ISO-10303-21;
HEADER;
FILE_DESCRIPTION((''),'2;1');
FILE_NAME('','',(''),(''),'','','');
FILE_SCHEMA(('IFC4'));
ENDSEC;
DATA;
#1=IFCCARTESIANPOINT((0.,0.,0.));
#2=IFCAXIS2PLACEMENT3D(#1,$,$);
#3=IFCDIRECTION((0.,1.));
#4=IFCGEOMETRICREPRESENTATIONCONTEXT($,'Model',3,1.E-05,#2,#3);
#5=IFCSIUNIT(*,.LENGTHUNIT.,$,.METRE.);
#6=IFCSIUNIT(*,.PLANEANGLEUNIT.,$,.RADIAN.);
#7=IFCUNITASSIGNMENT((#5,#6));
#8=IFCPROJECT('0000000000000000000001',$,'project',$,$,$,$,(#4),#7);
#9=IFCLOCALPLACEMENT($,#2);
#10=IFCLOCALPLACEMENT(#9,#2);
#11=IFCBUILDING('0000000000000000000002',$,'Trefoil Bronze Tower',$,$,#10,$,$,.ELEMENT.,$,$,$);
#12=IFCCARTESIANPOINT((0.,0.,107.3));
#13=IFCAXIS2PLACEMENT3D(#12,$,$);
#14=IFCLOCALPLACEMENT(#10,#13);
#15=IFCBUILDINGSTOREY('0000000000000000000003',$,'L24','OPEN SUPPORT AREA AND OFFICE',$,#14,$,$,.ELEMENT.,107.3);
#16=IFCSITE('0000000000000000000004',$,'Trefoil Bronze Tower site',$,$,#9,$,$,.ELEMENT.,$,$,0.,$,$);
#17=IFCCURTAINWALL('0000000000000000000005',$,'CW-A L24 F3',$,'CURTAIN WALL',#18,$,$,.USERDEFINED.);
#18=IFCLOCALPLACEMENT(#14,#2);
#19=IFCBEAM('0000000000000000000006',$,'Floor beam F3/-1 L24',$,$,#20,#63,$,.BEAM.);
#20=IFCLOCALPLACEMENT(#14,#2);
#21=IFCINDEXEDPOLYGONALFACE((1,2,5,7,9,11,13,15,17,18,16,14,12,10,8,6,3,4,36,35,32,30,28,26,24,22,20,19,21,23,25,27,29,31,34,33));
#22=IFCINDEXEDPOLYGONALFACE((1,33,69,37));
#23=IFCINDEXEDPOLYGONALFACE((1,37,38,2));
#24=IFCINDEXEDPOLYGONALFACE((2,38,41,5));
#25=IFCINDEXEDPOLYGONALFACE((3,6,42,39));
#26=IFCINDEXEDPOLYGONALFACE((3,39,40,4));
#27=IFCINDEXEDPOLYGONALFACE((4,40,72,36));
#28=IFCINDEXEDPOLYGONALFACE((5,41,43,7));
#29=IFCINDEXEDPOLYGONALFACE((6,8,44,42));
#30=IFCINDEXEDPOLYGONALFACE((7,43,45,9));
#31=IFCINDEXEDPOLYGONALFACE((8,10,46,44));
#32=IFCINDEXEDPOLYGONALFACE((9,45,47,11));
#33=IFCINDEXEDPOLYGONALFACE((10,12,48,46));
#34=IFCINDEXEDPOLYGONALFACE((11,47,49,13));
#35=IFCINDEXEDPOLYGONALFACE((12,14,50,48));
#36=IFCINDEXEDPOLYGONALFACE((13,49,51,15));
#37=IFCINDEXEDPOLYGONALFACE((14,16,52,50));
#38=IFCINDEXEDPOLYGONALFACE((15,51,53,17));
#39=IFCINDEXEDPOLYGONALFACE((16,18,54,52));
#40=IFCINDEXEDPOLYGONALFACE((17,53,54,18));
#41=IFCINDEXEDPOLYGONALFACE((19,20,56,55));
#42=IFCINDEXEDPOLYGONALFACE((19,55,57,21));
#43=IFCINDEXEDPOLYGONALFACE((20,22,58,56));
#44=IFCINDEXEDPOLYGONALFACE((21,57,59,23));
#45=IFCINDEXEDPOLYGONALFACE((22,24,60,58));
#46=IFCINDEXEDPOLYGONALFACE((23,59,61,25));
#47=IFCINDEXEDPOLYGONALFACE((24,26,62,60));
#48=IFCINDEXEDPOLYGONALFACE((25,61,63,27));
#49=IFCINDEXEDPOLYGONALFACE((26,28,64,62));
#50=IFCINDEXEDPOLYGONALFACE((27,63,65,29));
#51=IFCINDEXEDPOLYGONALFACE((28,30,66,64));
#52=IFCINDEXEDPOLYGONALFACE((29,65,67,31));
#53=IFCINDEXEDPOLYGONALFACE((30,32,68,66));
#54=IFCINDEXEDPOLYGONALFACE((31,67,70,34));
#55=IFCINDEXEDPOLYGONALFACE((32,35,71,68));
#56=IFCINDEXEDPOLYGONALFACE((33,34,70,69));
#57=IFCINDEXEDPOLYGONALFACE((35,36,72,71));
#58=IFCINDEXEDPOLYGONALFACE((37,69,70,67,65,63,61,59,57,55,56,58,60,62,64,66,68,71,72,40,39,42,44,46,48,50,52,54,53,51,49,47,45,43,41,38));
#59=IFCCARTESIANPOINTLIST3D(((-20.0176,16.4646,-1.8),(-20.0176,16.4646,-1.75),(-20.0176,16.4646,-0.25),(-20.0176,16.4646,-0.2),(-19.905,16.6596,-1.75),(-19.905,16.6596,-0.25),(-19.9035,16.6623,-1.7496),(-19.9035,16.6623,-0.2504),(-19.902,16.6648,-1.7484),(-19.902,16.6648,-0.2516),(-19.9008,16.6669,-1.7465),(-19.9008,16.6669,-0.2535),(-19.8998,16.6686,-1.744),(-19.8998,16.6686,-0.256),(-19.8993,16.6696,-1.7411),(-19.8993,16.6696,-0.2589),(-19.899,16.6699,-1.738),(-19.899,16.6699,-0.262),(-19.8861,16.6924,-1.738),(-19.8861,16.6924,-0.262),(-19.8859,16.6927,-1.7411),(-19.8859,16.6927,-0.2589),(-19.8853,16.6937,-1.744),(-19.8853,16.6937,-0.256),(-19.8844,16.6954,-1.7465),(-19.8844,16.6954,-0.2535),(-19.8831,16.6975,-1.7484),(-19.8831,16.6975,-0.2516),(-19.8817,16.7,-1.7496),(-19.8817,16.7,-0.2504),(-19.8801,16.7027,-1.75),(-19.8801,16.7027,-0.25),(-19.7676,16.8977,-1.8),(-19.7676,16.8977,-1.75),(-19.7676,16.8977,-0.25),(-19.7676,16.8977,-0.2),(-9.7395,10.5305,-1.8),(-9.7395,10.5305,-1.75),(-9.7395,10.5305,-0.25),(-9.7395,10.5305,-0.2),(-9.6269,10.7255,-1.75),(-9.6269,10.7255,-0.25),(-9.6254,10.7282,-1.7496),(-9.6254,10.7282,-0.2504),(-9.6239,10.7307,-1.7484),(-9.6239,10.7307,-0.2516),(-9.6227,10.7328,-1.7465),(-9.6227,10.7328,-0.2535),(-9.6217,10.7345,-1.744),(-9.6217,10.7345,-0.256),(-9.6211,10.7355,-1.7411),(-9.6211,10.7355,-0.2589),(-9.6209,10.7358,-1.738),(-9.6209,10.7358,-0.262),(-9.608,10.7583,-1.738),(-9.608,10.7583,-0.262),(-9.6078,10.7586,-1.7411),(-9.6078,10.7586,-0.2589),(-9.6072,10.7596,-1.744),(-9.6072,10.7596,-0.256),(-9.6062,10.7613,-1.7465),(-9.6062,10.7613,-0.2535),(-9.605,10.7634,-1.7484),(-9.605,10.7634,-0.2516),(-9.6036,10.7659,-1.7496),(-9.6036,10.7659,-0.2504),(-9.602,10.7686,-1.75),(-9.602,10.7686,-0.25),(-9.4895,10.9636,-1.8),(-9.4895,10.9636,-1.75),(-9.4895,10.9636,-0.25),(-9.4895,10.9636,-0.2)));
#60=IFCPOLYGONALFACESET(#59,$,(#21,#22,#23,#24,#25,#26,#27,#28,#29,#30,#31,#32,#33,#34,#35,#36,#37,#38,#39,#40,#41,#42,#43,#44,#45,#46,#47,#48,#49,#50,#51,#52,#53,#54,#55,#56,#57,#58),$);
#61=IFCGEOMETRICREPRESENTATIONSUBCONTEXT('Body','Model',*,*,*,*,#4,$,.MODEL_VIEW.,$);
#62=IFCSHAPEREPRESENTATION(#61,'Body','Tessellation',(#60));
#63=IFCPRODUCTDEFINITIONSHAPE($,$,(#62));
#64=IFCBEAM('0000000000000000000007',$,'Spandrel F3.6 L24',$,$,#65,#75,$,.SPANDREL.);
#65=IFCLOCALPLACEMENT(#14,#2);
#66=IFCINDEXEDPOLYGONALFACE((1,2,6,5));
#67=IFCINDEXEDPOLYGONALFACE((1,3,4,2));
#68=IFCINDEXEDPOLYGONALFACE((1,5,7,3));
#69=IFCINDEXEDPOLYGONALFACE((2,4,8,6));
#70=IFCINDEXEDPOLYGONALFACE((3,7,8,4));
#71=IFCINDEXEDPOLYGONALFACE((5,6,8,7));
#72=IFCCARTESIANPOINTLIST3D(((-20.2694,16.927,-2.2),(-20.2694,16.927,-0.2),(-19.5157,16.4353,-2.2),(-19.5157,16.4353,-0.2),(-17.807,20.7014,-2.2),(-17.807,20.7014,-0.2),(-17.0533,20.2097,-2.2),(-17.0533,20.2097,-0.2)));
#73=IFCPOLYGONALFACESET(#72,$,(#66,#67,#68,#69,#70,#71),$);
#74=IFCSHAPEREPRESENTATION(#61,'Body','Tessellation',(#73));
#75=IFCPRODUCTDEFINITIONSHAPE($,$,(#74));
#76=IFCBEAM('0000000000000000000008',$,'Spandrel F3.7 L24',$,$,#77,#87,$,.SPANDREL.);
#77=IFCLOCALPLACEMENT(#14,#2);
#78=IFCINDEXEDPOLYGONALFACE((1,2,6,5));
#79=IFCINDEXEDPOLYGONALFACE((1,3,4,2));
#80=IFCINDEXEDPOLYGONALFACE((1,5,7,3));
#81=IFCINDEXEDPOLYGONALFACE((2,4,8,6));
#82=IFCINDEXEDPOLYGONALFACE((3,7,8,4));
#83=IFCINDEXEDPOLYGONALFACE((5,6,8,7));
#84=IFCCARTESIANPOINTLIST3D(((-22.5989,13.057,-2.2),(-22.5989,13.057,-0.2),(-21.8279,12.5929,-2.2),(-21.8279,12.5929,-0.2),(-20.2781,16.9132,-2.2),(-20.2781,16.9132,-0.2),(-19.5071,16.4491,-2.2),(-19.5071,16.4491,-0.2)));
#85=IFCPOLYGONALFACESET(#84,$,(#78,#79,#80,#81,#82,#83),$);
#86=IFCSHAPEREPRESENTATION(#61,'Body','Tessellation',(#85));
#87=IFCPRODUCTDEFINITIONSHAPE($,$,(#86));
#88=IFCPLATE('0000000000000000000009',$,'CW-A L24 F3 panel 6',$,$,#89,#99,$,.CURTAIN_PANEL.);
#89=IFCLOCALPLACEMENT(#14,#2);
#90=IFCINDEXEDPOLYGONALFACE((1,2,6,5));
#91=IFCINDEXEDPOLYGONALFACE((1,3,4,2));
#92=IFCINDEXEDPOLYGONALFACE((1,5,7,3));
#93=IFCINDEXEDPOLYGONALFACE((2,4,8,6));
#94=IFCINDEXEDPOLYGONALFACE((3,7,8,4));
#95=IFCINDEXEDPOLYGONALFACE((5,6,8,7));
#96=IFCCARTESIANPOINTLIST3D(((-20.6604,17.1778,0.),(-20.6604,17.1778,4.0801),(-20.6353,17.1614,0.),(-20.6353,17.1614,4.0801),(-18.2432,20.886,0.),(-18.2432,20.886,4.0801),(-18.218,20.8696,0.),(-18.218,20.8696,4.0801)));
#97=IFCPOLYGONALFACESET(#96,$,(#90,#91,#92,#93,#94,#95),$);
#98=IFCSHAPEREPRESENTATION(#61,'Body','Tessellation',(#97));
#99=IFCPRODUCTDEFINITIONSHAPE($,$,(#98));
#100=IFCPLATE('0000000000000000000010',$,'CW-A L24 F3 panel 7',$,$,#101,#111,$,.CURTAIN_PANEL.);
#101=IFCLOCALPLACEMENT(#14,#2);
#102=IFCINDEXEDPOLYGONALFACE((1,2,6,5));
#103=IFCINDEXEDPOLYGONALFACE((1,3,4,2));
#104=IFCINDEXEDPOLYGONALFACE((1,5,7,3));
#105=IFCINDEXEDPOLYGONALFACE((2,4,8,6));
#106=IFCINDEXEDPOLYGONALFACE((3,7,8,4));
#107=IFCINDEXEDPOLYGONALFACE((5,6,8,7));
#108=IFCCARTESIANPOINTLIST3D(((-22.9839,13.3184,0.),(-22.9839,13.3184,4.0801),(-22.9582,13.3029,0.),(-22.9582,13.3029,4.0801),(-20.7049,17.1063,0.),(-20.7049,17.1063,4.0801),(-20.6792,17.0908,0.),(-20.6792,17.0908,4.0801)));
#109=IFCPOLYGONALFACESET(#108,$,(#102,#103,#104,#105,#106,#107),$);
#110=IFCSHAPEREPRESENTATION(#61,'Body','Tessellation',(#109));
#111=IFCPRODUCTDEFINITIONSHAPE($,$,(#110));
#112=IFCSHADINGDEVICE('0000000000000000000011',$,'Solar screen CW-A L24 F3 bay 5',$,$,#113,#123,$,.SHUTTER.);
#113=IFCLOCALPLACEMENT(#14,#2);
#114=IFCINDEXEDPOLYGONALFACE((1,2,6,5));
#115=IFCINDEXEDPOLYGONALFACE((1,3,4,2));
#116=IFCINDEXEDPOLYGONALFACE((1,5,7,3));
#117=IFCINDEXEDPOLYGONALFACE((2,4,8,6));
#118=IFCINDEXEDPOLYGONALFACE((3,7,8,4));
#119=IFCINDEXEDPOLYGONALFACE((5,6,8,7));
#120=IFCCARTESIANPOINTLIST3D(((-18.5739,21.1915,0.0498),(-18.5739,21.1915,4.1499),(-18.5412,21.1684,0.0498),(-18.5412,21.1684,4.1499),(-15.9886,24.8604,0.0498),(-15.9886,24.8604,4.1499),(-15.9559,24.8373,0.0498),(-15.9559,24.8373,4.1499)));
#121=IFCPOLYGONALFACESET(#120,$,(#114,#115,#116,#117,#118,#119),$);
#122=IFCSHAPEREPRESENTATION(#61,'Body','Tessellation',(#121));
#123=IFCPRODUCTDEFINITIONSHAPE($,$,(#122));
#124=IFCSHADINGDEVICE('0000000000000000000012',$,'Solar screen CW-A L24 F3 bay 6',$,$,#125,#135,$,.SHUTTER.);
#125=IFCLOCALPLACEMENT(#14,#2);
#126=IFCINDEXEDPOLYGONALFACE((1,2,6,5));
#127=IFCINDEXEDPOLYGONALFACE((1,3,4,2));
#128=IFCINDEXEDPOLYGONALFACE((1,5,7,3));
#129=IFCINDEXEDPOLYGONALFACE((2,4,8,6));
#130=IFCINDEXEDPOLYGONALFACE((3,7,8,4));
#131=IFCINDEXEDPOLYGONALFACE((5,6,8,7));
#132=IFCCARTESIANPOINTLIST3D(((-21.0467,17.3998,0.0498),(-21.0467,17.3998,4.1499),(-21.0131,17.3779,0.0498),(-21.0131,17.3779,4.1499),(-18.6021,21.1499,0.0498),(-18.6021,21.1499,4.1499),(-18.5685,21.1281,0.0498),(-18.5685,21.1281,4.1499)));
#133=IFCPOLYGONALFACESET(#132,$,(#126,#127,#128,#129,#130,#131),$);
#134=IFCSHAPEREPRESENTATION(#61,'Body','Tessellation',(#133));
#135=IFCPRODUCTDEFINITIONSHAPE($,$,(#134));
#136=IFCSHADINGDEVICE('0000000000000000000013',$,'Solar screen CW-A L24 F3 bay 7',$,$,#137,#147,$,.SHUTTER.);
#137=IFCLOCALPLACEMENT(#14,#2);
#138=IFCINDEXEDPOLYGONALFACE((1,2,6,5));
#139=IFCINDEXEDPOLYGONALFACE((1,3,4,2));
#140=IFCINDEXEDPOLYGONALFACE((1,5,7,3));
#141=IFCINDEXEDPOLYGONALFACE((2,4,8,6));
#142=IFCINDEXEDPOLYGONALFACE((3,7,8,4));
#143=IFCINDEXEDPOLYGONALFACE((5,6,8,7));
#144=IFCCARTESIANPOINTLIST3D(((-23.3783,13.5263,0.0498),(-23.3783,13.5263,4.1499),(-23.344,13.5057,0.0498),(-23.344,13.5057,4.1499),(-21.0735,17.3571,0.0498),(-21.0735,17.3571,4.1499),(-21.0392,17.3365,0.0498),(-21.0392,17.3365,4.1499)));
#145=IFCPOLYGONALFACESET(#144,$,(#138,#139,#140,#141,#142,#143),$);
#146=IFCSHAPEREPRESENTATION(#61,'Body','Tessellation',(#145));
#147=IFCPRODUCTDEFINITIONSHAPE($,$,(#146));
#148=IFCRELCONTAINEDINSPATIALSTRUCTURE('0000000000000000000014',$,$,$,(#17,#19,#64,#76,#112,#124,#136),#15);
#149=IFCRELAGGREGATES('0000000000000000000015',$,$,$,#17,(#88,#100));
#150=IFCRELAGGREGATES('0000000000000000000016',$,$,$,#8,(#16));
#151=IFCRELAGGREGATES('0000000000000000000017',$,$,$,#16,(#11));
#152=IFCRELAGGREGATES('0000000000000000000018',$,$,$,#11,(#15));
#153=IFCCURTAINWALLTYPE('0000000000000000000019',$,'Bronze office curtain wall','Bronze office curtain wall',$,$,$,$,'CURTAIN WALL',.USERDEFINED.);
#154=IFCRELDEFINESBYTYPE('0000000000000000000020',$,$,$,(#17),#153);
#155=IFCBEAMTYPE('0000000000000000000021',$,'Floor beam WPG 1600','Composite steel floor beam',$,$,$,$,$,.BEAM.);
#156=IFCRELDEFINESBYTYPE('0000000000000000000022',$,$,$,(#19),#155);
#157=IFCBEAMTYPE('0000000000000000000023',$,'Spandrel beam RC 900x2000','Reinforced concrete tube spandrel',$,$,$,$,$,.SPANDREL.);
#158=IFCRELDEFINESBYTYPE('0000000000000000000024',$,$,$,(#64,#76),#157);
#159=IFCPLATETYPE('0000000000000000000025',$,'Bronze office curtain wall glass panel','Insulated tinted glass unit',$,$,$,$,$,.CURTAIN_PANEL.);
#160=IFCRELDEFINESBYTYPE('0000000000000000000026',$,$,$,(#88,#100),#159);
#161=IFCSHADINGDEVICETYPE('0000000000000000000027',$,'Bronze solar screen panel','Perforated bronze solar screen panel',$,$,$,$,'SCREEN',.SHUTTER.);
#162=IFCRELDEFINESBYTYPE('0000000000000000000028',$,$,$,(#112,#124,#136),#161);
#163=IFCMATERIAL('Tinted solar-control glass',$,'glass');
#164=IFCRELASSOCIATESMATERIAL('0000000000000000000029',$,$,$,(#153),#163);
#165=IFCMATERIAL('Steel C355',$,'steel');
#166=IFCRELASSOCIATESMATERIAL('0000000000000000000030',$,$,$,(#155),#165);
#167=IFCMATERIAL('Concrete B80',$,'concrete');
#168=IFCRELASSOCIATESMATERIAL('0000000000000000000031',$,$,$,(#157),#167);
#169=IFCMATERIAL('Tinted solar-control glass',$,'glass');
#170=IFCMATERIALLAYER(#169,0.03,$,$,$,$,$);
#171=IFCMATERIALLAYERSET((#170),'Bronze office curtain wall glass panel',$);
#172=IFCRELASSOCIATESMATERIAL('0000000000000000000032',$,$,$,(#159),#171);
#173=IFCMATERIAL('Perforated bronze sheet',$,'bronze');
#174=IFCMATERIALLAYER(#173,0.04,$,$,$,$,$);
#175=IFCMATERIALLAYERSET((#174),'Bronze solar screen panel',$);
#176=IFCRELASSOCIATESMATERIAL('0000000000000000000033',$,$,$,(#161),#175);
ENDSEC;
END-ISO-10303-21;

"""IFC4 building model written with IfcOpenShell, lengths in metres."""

from ifc_helpers import new_model, si_unit, direction, frame, origin, origin_2d, place, context, subcontext, project, spatial, rectangle, i_section, extrude, material, layer, layer_set, material_profile, profile_set, type_object, element, aggregate, save


model = new_model("IFC4")

# Units and contexts
model_context = context("Model", 3, precision=1e-05, world=origin(), true_north=direction((0.0, 1.0)))
body_context = subcontext(model_context, "Body", "Model", "MODEL_VIEW")
ifc_project = project(units=[si_unit("LENGTHUNIT", "METRE"), si_unit("PLANEANGLEUNIT", "RADIAN")], contexts=[model_context])

# Site, building, storey
site_placement = place(None, origin())
site = spatial("IfcSite", under=ifc_project, at=site_placement, Name="Trefoil Bronze Tower site", CompositionType="ELEMENT", RefElevation=0.0)
building_placement = place(site_placement, origin())
building = spatial("IfcBuilding", under=site, at=building_placement, Name="Trefoil Bronze Tower", CompositionType="ELEMENT")
storey_placement = place(building_placement, frame((0.0, 0.0, 107.3)))
storey = spatial("IfcBuildingStorey", under=building, at=storey_placement, Name="L24", Description="OPEN SUPPORT AREA AND OFFICE", CompositionType="ELEMENT", Elevation=107.3)

# Curtain wall
ifc_material_1 = material(Name="Tinted solar-control glass", Category="glass")
curtain_wall_type = type_object("IfcCurtainWallType", Name="Bronze office curtain wall", Description="Bronze office curtain wall", ElementType="CURTAIN WALL", PredefinedType="USERDEFINED", material=ifc_material_1)
curtain_wall_placement = place(storey_placement, origin())
curtain_wall = element("IfcCurtainWall", 1, at=curtain_wall_placement, inside=storey, type_object=curtain_wall_type, Name="CW-A L24 F3", ObjectType="CURTAIN WALL", PredefinedType="USERDEFINED")

# Beams
ifc_material_2 = material(Name="Steel C355", Category="steel")
ifc_material_profile_1 = material_profile(ifc_material_2, i_section(OverallWidth=0.5, OverallDepth=1.6001, WebThickness=0.0259, FlangeThickness=0.05, FilletRadius=0.012, at=origin_2d()), Name="WPG 1600")
ifc_profile_set_1 = profile_set([ifc_material_profile_1], Name="Steel C355")
beam_type_1 = type_object("IfcBeamType", Name="Floor beam WPG 1600", Description="Composite steel floor beam", PredefinedType="BEAM", material=ifc_profile_set_1)
beam_1_placement = place(storey_placement, frame((-19.8926, 16.6812, -1.0), z_axis=(0.866024, -0.500002, 0.0), x_axis=(0.500002, 0.866024, 0.0)))
element("IfcBeam", 2, at=beam_1_placement, inside=storey, type_object=beam_type_1, Name="Floor beam F3/-1 L24", PredefinedType="BEAM", context=body_context, shape_type="SweptSolid", body=[
    extrude(i_section(OverallWidth=0.5, OverallDepth=1.6001, WebThickness=0.0259, FlangeThickness=0.05, FilletRadius=0.012, at=origin_2d()), origin(), (0.0, 0.0, 1.0), 11.8682),
])
ifc_material_3 = material(Name="Concrete B80", Category="concrete")
ifc_material_profile_2 = material_profile(ifc_material_3, rectangle(XDim=0.8999, YDim=2.0, at=origin_2d()), Name="RC 900x2000")
ifc_profile_set_2 = profile_set([ifc_material_profile_2], Name="Concrete B80")
beam_type_2 = type_object("IfcBeamType", Name="Spandrel beam RC 900x2000", Description="Reinforced concrete tube spandrel", PredefinedType="SPANDREL", material=ifc_profile_set_2)
beam_2_placement = place(storey_placement, frame((-17.4302, 20.4556, -1.2), z_axis=(-0.546397, -0.837527, 0.0), x_axis=(0.837527, -0.546397, 0.0)))
element("IfcBeam", 3, at=beam_2_placement, inside=storey, type_object=beam_type_2, Name="Spandrel F3.6 L24", PredefinedType="SPANDREL", context=body_context, shape_type="SweptSolid", body=[
    extrude(rectangle(XDim=0.8999, YDim=2.0, at=origin_2d()), origin(), (0.0, 0.0, 1.0), 4.5066),
])
beam_3_placement = place(storey_placement, frame((-19.8926, 16.6812, -1.2), z_axis=(-0.515652, -0.856798, 0.0), x_axis=(0.856798, -0.515652, 0.0)))
element("IfcBeam", 4, at=beam_3_placement, inside=storey, type_object=beam_type_2, Name="Spandrel F3.7 L24", PredefinedType="SPANDREL", context=body_context, shape_type="SweptSolid", body=[
    extrude(rectangle(XDim=0.8999, YDim=2.0, at=origin_2d()), origin(), (0.0, 0.0, 1.0), 4.5007),
])

# Plates
ifc_material_4 = material(Name="Tinted solar-control glass", Category="glass")
ifc_layer_1 = layer(ifc_material_4, 0.03)
ifc_layer_set_1 = layer_set([ifc_layer_1], Name="Bronze office curtain wall glass panel")
plate_type = type_object("IfcPlateType", Name="Bronze office curtain wall glass panel", Description="Insulated tinted glass unit", PredefinedType="CURTAIN_PANEL", material=ifc_layer_set_1)
plate_1_placement = place(storey_placement, frame((-19.4392, 19.0237, 0.0), z_axis=(0.0, 0.0, 1.0), x_axis=(-0.546089, -0.837727, 0.0)))
plate_1 = element("IfcPlate", 5, at=plate_1_placement, type_object=plate_type, Name="CW-A L24 F3 panel 6", PredefinedType="CURTAIN_PANEL", context=body_context, shape_type="SweptSolid", body=[
    extrude(rectangle(XDim=4.4265, YDim=0.03, at=origin_2d()), origin(), (0.0, 0.0, 1.0), 4.0801),
])
plate_2_placement = place(storey_placement, frame((-21.8315, 15.2046, 0.0), z_axis=(0.0, 0.0, 1.0), x_axis=(-0.515525, -0.856874, 0.0)))
plate_2 = element("IfcPlate", 6, at=plate_2_placement, type_object=plate_type, Name="CW-A L24 F3 panel 7", PredefinedType="CURTAIN_PANEL", context=body_context, shape_type="SweptSolid", body=[
    extrude(rectangle(XDim=4.4207, YDim=0.03, at=origin_2d()), origin(), (0.0, 0.0, 1.0), 4.0801),
])
aggregate(curtain_wall, [plate_1, plate_2])

# Shading devices
ifc_material_5 = material(Name="Perforated bronze sheet", Category="bronze")
ifc_layer_2 = layer(ifc_material_5, 0.04)
ifc_layer_set_2 = layer_set([ifc_layer_2], Name="Bronze solar screen panel")
shading_device_type = type_object("IfcShadingDeviceType", Name="Bronze solar screen panel", Description="Perforated bronze solar screen panel", ElementType="SCREEN", PredefinedType="SHUTTER", material=ifc_layer_set_2)
shading_device_1_placement = place(storey_placement, frame((-17.2649, 23.0144, 0.0498), z_axis=(0.0, 0.0, 1.0), x_axis=(-0.575999, -0.81745, 0.0)))
element("IfcShadingDevice", 7, at=shading_device_1_placement, inside=storey, type_object=shading_device_type, Name="Solar screen CW-A L24 F3 bay 5", PredefinedType="SHUTTER", context=body_context, shape_type="SweptSolid", body=[
    extrude(rectangle(XDim=4.4883, YDim=0.04, at=origin_2d()), origin(), (0.0, 0.0, 1.0), 4.1001),
])
shading_device_2_placement = place(storey_placement, frame((-19.8076, 19.2639, 0.0498), z_axis=(0.0, 0.0, 1.0), x_axis=(-0.546089, -0.837727, 0.0)))
element("IfcShadingDevice", 8, at=shading_device_2_placement, inside=storey, type_object=shading_device_type, Name="Solar screen CW-A L24 F3 bay 6", PredefinedType="SHUTTER", context=body_context, shape_type="SweptSolid", body=[
    extrude(rectangle(XDim=4.4766, YDim=0.04, at=origin_2d()), origin(), (0.0, 0.0, 1.0), 4.1001),
])
shading_device_3_placement = place(storey_placement, frame((-22.2087, 15.4314, 0.0498), z_axis=(0.0, 0.0, 1.0), x_axis=(-0.515525, -0.856874, 0.0)))
element("IfcShadingDevice", 9, at=shading_device_3_placement, inside=storey, type_object=shading_device_type, Name="Solar screen CW-A L24 F3 bay 7", PredefinedType="SHUTTER", context=body_context, shape_type="SweptSolid", body=[
    extrude(rectangle(XDim=4.4707, YDim=0.04, at=origin_2d()), origin(), (0.0, 0.0, 1.0), 4.1001),
])

save(model, "model.ifc")
